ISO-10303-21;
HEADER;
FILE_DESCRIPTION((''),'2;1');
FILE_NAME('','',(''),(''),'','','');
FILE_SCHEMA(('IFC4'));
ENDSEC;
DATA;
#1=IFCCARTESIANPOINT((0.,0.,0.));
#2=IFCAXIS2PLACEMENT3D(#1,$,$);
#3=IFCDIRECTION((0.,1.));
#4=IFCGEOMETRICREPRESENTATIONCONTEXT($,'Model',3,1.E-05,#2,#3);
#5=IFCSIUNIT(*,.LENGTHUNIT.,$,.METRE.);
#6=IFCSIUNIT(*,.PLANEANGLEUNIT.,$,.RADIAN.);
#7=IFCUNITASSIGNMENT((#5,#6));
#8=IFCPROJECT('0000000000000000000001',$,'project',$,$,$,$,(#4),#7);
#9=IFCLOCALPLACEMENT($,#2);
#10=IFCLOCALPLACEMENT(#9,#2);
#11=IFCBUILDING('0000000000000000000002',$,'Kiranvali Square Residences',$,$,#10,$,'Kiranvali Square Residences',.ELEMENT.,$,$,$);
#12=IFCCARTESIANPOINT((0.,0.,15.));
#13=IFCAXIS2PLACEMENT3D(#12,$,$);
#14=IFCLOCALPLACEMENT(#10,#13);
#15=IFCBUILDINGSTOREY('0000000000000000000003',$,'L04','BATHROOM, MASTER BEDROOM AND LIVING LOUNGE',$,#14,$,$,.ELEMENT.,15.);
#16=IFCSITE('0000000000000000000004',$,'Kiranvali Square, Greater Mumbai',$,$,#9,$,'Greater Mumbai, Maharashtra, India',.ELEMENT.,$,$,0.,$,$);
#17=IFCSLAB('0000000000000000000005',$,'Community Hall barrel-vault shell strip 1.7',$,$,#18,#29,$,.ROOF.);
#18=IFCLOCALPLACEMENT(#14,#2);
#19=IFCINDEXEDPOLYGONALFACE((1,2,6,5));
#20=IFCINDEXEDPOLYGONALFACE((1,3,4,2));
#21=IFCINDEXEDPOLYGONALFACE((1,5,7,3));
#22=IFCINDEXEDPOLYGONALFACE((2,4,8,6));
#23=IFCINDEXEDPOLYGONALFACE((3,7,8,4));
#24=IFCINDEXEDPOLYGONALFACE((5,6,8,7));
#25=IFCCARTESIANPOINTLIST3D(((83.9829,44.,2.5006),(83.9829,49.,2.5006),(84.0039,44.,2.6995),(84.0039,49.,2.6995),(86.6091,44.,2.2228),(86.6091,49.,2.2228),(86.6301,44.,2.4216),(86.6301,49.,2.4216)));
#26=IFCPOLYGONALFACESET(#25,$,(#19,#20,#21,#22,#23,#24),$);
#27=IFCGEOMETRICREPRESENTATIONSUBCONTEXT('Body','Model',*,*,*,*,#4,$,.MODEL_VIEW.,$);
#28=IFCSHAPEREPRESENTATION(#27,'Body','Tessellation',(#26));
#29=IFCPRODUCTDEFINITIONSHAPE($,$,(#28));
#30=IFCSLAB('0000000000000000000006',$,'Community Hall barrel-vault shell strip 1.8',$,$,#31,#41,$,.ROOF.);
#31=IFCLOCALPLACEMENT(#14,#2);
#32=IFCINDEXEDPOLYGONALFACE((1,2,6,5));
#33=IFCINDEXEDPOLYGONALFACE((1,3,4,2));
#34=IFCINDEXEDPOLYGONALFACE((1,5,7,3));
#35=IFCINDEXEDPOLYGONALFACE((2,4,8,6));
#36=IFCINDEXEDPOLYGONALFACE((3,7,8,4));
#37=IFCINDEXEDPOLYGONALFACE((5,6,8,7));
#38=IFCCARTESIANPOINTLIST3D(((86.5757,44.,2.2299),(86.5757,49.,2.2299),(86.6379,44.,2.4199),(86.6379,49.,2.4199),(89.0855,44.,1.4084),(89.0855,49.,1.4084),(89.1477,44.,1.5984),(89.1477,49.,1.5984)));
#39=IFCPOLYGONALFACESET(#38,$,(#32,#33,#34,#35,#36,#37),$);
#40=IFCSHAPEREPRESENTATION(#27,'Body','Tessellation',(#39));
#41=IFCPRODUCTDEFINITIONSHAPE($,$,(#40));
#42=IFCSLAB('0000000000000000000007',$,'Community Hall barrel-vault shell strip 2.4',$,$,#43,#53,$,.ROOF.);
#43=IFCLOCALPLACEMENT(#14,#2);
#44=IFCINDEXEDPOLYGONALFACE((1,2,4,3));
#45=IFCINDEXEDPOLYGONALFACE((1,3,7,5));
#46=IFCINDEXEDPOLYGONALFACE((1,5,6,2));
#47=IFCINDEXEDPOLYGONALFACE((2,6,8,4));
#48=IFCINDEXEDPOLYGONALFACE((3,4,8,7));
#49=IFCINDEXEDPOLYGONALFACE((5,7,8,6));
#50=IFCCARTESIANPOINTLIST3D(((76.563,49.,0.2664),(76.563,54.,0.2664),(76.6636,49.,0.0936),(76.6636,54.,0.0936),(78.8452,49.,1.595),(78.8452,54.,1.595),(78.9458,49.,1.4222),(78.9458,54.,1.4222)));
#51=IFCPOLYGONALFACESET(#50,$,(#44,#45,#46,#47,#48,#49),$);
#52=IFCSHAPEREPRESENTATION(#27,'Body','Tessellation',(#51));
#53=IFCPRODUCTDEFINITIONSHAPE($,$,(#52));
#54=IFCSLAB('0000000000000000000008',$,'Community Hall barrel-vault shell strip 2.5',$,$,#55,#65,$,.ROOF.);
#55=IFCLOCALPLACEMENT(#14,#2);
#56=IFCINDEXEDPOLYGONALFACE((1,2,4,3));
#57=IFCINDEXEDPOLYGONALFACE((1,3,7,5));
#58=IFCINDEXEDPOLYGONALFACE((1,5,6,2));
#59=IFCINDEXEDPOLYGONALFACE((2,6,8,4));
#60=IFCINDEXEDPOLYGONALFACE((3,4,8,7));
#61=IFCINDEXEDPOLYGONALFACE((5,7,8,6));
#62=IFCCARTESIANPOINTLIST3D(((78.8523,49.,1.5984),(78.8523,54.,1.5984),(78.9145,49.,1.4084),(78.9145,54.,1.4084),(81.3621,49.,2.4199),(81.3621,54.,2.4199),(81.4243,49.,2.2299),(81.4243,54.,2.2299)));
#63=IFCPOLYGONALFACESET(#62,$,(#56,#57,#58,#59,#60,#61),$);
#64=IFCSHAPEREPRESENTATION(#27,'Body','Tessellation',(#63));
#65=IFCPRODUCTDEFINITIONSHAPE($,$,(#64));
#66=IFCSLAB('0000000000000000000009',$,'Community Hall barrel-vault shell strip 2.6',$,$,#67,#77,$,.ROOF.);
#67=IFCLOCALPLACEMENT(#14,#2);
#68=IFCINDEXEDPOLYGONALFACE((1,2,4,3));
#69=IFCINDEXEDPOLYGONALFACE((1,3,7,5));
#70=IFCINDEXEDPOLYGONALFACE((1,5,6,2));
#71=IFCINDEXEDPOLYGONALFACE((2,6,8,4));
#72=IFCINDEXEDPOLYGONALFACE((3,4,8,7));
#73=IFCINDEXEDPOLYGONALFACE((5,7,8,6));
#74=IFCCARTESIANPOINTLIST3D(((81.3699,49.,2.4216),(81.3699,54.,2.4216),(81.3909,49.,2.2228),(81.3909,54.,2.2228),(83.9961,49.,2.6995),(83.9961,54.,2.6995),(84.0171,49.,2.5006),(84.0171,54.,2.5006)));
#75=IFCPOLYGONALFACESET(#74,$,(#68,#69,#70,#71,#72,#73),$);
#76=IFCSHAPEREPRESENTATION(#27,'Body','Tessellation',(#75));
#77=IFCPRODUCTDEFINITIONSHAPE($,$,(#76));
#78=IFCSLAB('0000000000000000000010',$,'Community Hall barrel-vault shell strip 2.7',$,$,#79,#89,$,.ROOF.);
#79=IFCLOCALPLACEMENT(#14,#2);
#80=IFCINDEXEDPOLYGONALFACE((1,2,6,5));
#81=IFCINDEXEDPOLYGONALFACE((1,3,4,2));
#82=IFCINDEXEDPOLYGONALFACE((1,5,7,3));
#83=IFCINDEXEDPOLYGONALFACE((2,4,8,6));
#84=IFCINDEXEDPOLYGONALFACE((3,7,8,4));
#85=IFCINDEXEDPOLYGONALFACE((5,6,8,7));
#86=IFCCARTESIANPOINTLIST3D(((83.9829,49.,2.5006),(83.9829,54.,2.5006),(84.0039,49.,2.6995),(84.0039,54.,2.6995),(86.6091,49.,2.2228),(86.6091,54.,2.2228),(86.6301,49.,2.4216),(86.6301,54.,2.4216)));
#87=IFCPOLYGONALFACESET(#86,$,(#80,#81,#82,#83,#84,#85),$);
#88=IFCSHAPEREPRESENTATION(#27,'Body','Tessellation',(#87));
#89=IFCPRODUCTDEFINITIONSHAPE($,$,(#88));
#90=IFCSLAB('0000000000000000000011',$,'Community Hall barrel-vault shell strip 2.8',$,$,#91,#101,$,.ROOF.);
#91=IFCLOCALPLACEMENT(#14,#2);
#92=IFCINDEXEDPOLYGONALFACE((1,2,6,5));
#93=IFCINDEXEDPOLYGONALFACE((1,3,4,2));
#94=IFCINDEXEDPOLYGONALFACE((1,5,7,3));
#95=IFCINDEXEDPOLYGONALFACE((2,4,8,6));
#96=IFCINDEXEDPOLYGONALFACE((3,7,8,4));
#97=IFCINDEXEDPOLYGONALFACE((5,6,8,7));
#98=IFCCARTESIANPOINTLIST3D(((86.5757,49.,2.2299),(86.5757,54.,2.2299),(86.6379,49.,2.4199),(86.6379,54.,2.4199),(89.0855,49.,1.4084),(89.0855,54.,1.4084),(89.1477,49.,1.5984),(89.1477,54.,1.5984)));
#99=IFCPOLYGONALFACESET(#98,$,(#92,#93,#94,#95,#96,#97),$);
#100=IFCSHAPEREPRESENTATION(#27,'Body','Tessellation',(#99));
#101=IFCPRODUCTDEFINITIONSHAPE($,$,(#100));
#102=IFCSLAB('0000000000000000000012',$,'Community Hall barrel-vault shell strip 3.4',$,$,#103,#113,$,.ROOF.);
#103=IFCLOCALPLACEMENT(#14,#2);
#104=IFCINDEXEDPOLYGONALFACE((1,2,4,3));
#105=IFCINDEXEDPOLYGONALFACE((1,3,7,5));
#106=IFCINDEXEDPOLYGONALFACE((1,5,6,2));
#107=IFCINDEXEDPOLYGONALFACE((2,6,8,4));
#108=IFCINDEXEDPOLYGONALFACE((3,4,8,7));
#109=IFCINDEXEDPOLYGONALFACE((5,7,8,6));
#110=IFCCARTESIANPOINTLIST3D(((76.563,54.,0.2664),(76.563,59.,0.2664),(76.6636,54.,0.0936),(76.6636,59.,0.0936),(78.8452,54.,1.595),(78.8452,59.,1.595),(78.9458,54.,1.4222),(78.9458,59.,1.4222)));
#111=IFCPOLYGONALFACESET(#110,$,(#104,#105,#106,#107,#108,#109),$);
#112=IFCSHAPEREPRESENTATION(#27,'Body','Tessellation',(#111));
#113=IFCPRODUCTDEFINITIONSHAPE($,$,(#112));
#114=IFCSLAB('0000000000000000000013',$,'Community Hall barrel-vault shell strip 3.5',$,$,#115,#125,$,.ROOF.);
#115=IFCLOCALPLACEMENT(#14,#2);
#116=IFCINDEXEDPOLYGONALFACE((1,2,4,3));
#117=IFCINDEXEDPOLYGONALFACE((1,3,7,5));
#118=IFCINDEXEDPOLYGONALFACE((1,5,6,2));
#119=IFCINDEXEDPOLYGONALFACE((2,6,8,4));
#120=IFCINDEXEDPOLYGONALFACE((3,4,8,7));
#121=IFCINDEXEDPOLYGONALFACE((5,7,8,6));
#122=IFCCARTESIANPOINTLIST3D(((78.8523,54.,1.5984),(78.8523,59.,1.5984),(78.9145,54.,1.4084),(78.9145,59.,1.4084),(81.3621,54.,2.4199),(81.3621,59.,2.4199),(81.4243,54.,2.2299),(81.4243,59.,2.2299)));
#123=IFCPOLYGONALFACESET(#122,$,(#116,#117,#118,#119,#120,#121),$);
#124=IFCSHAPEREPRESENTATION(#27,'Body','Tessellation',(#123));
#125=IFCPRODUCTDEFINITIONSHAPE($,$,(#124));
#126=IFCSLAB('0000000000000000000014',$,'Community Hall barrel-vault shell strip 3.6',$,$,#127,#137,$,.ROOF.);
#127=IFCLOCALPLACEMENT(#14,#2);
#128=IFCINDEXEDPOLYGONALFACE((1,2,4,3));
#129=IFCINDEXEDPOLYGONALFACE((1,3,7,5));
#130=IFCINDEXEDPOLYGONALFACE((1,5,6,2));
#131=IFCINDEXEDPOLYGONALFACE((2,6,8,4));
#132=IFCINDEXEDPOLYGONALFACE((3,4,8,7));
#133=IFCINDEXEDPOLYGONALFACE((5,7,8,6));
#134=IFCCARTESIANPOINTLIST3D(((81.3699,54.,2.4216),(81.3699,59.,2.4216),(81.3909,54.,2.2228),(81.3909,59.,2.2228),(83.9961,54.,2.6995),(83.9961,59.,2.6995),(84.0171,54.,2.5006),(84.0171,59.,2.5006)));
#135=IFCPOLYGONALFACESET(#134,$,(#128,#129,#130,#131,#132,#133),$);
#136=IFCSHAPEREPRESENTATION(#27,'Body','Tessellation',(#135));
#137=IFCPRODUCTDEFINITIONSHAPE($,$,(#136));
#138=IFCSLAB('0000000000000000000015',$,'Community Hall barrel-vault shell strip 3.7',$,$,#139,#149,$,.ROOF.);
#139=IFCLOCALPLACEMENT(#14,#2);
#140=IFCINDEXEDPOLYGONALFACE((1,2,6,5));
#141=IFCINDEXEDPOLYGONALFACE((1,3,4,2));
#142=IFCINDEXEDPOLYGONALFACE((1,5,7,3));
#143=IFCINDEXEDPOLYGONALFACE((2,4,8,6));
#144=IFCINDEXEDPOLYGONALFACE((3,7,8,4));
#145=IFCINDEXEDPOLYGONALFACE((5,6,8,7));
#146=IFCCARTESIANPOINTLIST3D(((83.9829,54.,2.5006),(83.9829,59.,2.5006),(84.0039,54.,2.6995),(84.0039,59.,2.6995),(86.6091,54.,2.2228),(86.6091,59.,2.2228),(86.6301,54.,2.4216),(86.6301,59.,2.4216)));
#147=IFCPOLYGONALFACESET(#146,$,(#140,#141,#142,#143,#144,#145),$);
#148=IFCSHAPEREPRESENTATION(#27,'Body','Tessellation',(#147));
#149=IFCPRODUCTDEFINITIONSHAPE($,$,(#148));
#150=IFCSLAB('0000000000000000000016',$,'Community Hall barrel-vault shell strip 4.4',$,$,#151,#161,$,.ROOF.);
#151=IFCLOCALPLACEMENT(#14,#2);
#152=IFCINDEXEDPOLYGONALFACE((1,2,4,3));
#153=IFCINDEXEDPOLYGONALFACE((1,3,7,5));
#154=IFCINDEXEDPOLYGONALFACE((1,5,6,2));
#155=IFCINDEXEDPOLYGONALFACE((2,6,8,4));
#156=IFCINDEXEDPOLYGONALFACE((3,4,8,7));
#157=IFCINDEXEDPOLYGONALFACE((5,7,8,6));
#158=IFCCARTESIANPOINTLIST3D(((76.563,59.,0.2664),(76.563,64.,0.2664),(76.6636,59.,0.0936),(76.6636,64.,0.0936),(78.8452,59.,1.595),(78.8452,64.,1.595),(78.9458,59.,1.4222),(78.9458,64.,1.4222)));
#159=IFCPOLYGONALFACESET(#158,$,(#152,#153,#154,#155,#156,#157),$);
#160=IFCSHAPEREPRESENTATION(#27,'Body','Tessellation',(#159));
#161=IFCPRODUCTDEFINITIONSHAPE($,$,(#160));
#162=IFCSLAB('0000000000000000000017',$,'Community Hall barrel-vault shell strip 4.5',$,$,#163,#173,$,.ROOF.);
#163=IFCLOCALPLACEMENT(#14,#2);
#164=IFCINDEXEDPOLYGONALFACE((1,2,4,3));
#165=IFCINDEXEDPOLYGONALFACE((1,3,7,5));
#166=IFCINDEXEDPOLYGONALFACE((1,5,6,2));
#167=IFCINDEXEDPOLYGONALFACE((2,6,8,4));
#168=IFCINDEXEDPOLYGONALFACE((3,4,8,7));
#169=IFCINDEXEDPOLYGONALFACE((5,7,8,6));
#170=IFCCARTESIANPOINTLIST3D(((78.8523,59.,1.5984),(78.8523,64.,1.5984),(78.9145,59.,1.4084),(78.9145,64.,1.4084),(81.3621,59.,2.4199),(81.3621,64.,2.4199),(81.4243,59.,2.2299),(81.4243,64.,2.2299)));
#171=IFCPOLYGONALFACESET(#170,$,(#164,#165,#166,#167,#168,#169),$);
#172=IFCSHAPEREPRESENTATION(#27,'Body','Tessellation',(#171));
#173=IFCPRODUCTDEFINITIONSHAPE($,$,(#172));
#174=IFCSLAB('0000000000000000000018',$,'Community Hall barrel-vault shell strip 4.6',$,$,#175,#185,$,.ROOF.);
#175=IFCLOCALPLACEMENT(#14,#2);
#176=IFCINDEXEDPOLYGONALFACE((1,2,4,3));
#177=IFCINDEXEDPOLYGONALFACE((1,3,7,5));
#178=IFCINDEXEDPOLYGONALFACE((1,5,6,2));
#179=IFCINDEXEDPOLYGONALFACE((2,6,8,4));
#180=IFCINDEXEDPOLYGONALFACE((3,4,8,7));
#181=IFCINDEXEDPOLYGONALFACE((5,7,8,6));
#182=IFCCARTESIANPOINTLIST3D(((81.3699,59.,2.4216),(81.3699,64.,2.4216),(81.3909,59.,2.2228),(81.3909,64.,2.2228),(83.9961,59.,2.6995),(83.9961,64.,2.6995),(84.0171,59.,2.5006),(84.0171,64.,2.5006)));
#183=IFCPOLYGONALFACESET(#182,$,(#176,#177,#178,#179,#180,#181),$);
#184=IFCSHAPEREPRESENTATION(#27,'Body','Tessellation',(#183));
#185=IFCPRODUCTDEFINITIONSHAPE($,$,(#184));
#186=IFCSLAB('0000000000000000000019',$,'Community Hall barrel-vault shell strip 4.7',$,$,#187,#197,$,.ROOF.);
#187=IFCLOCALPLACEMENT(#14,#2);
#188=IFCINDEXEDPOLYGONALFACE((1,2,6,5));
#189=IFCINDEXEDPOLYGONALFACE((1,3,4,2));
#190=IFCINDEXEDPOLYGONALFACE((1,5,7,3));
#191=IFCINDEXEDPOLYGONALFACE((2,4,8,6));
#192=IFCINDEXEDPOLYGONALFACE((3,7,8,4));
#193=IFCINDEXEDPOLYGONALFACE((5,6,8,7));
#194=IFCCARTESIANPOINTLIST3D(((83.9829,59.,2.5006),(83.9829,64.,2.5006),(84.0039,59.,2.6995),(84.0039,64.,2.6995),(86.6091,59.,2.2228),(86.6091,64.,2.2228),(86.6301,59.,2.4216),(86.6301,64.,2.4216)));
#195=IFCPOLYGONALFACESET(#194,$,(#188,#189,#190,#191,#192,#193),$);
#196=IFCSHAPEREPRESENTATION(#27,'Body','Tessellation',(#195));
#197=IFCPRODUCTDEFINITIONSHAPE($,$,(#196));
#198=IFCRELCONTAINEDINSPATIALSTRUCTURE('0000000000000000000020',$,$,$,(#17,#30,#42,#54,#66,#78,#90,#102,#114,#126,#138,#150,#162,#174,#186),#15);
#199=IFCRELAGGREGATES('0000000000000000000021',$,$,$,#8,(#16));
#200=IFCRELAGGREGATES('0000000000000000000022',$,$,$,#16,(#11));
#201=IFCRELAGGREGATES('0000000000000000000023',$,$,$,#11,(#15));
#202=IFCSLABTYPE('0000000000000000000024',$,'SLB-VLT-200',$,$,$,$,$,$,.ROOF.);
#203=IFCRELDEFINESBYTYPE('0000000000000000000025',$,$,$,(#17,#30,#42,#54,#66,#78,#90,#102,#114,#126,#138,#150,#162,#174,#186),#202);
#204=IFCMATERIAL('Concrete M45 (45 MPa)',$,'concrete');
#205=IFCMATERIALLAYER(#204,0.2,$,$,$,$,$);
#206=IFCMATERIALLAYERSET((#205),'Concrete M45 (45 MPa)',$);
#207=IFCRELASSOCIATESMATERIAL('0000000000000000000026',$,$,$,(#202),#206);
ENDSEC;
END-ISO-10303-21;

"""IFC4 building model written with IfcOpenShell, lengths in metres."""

from ifc_helpers import new_model, si_unit, direction, frame, origin, place, context, subcontext, project, spatial, polyline, outline, extrude, material, layer, layer_set, type_object, element, save


model = new_model("IFC4")

# Units and contexts
model_context = context("Model", 3, precision=1e-05, world=origin(), true_north=direction((0.0, 1.0)))
body_context = subcontext(model_context, "Body", "Model", "MODEL_VIEW")
ifc_project = project(units=[si_unit("LENGTHUNIT", "METRE"), si_unit("PLANEANGLEUNIT", "RADIAN")], contexts=[model_context])

# Site, building, storey
site_placement = place(None, origin())
site = spatial("IfcSite", under=ifc_project, at=site_placement, Name="Kiranvali Square, Greater Mumbai", LongName="Greater Mumbai, Maharashtra, India", CompositionType="ELEMENT", RefElevation=0.0)
building_placement = place(site_placement, origin())
building = spatial("IfcBuilding", under=site, at=building_placement, Name="Kiranvali Square Residences", LongName="Kiranvali Square Residences", CompositionType="ELEMENT")
storey_placement = place(building_placement, frame((0.0, 0.0, 15.0)))
storey = spatial("IfcBuildingStorey", under=building, at=storey_placement, Name="L04", Description="BATHROOM, MASTER BEDROOM AND LIVING LOUNGE", CompositionType="ELEMENT", Elevation=15.0)

# Slabs
ifc_material = material(Name="Concrete M45 (45 MPa)", Category="concrete")
ifc_layer = layer(ifc_material, 0.2)
ifc_layer_set = layer_set([ifc_layer], Name="Concrete M45 (45 MPa)")
slab_type = type_object("IfcSlabType", Name="SLB-VLT-200", PredefinedType="ROOF", material=ifc_layer_set)
slab_1_placement = place(storey_placement, frame((84.0039, 44.0, 2.6995), z_axis=(0.105204, 0.0, 0.994451), x_axis=(0.994451, 0.0, -0.105204)))
element("IfcSlab", 1, at=slab_1_placement, inside=storey, type_object=slab_type, Name="Community Hall barrel-vault shell strip 1.7", PredefinedType="ROOF", context=body_context, shape_type="SweptSolid", body=[
    extrude(outline(polyline([(0.0, 0.0), (2.6409, 0.0), (2.6409, 5.0), (0.0, 5.0), (0.0, 0.0)])), origin(), (0.0, 0.0, -1.0), 0.2),
])
slab_2_placement = place(storey_placement, frame((86.6379, 44.0, 2.4199), z_axis=(0.311092, 0.0, 0.95038), x_axis=(0.95038, 0.0, -0.311092)))
element("IfcSlab", 2, at=slab_2_placement, inside=storey, type_object=slab_type, Name="Community Hall barrel-vault shell strip 1.8", PredefinedType="ROOF", context=body_context, shape_type="SweptSolid", body=[
    extrude(outline(polyline([(0.0, 0.0), (2.6408, 0.0), (2.6408, 5.0), (0.0, 5.0), (0.0, 0.0)])), origin(), (0.0, 0.0, -1.0), 0.2),
])
slab_3_placement = place(storey_placement, frame((76.563, 49.0, 0.2664), z_axis=(-0.503112, 0.0, 0.864221), x_axis=(0.864221, 0.0, 0.503112)))
element("IfcSlab", 3, at=slab_3_placement, inside=storey, type_object=slab_type, Name="Community Hall barrel-vault shell strip 2.4", PredefinedType="ROOF", context=body_context, shape_type="SweptSolid", body=[
    extrude(outline(polyline([(0.0, 0.0), (2.6408, 0.0), (2.6408, 5.0), (0.0, 5.0), (0.0, 0.0)])), origin(), (0.0, 0.0, -1.0), 0.2),
])
slab_4_placement = place(storey_placement, frame((78.8523, 49.0, 1.5984), z_axis=(-0.311092, 0.0, 0.95038), x_axis=(0.95038, 0.0, 0.311092)))
element("IfcSlab", 4, at=slab_4_placement, inside=storey, type_object=slab_type, Name="Community Hall barrel-vault shell strip 2.5", PredefinedType="ROOF", context=body_context, shape_type="SweptSolid", body=[
    extrude(outline(polyline([(0.0, 0.0), (2.6408, 0.0), (2.6408, 5.0), (0.0, 5.0), (0.0, 0.0)])), origin(), (0.0, 0.0, -1.0), 0.2),
])
for number, where, z_axis, x_axis, name in (
    (5, (81.3699, 49.0, 2.4216), (-0.105204, 0.0, 0.994451), (0.994451, 0.0, 0.105204), "Community Hall barrel-vault shell strip 2.6"),
    (6, (84.0039, 49.0, 2.6995), (0.105204, 0.0, 0.994451), (0.994451, 0.0, -0.105204), "Community Hall barrel-vault shell strip 2.7"),
):
    element("IfcSlab", number, at=place(storey_placement, frame(where, z_axis=z_axis, x_axis=x_axis)), inside=storey, type_object=slab_type, Name=name, PredefinedType="ROOF", context=body_context, shape_type="SweptSolid", body=[
        extrude(outline(polyline([(0.0, 0.0), (2.6409, 0.0), (2.6409, 5.0), (0.0, 5.0), (0.0, 0.0)])), origin(), (0.0, 0.0, -1.0), 0.2),
    ])
slab_5_placement = place(storey_placement, frame((86.6379, 49.0, 2.4199), z_axis=(0.311092, 0.0, 0.95038), x_axis=(0.95038, 0.0, -0.311092)))
element("IfcSlab", 7, at=slab_5_placement, inside=storey, type_object=slab_type, Name="Community Hall barrel-vault shell strip 2.8", PredefinedType="ROOF", context=body_context, shape_type="SweptSolid", body=[
    extrude(outline(polyline([(0.0, 0.0), (2.6408, 0.0), (2.6408, 5.0), (0.0, 5.0), (0.0, 0.0)])), origin(), (0.0, 0.0, -1.0), 0.2),
])
slab_6_placement = place(storey_placement, frame((76.563, 54.0, 0.2664), z_axis=(-0.503112, 0.0, 0.864221), x_axis=(0.864221, 0.0, 0.503112)))
element("IfcSlab", 8, at=slab_6_placement, inside=storey, type_object=slab_type, Name="Community Hall barrel-vault shell strip 3.4", PredefinedType="ROOF", context=body_context, shape_type="SweptSolid", body=[
    extrude(outline(polyline([(0.0, 0.0), (2.6408, 0.0), (2.6408, 5.0), (0.0, 5.0), (0.0, 0.0)])), origin(), (0.0, 0.0, -1.0), 0.2),
])
slab_7_placement = place(storey_placement, frame((78.8523, 54.0, 1.5984), z_axis=(-0.311092, 0.0, 0.95038), x_axis=(0.95038, 0.0, 0.311092)))
element("IfcSlab", 9, at=slab_7_placement, inside=storey, type_object=slab_type, Name="Community Hall barrel-vault shell strip 3.5", PredefinedType="ROOF", context=body_context, shape_type="SweptSolid", body=[
    extrude(outline(polyline([(0.0, 0.0), (2.6408, 0.0), (2.6408, 5.0), (0.0, 5.0), (0.0, 0.0)])), origin(), (0.0, 0.0, -1.0), 0.2),
])
for number, where, z_axis, x_axis, name in (
    (10, (81.3699, 54.0, 2.4216), (-0.105204, 0.0, 0.994451), (0.994451, 0.0, 0.105204), "Community Hall barrel-vault shell strip 3.6"),
    (11, (84.0039, 54.0, 2.6995), (0.105204, 0.0, 0.994451), (0.994451, 0.0, -0.105204), "Community Hall barrel-vault shell strip 3.7"),
):
    element("IfcSlab", number, at=place(storey_placement, frame(where, z_axis=z_axis, x_axis=x_axis)), inside=storey, type_object=slab_type, Name=name, PredefinedType="ROOF", context=body_context, shape_type="SweptSolid", body=[
        extrude(outline(polyline([(0.0, 0.0), (2.6409, 0.0), (2.6409, 5.0), (0.0, 5.0), (0.0, 0.0)])), origin(), (0.0, 0.0, -1.0), 0.2),
    ])
slab_8_placement = place(storey_placement, frame((76.563, 59.0, 0.2664), z_axis=(-0.503112, 0.0, 0.864221), x_axis=(0.864221, 0.0, 0.503112)))
element("IfcSlab", 12, at=slab_8_placement, inside=storey, type_object=slab_type, Name="Community Hall barrel-vault shell strip 4.4", PredefinedType="ROOF", context=body_context, shape_type="SweptSolid", body=[
    extrude(outline(polyline([(0.0, 0.0), (2.6408, 0.0), (2.6408, 5.0), (0.0, 5.0), (0.0, 0.0)])), origin(), (0.0, 0.0, -1.0), 0.2),
])
slab_9_placement = place(storey_placement, frame((78.8523, 59.0, 1.5984), z_axis=(-0.311092, 0.0, 0.95038), x_axis=(0.95038, 0.0, 0.311092)))
element("IfcSlab", 13, at=slab_9_placement, inside=storey, type_object=slab_type, Name="Community Hall barrel-vault shell strip 4.5", PredefinedType="ROOF", context=body_context, shape_type="SweptSolid", body=[
    extrude(outline(polyline([(0.0, 0.0), (2.6408, 0.0), (2.6408, 5.0), (0.0, 5.0), (0.0, 0.0)])), origin(), (0.0, 0.0, -1.0), 0.2),
])
for number, where, z_axis, x_axis, name in (
    (14, (81.3699, 59.0, 2.4216), (-0.105204, 0.0, 0.994451), (0.994451, 0.0, 0.105204), "Community Hall barrel-vault shell strip 4.6"),
    (15, (84.0039, 59.0, 2.6995), (0.105204, 0.0, 0.994451), (0.994451, 0.0, -0.105204), "Community Hall barrel-vault shell strip 4.7"),
):
    element("IfcSlab", number, at=place(storey_placement, frame(where, z_axis=z_axis, x_axis=x_axis)), inside=storey, type_object=slab_type, Name=name, PredefinedType="ROOF", context=body_context, shape_type="SweptSolid", body=[
        extrude(outline(polyline([(0.0, 0.0), (2.6409, 0.0), (2.6409, 5.0), (0.0, 5.0), (0.0, 0.0)])), origin(), (0.0, 0.0, -1.0), 0.2),
    ])

save(model, "model.ifc")
